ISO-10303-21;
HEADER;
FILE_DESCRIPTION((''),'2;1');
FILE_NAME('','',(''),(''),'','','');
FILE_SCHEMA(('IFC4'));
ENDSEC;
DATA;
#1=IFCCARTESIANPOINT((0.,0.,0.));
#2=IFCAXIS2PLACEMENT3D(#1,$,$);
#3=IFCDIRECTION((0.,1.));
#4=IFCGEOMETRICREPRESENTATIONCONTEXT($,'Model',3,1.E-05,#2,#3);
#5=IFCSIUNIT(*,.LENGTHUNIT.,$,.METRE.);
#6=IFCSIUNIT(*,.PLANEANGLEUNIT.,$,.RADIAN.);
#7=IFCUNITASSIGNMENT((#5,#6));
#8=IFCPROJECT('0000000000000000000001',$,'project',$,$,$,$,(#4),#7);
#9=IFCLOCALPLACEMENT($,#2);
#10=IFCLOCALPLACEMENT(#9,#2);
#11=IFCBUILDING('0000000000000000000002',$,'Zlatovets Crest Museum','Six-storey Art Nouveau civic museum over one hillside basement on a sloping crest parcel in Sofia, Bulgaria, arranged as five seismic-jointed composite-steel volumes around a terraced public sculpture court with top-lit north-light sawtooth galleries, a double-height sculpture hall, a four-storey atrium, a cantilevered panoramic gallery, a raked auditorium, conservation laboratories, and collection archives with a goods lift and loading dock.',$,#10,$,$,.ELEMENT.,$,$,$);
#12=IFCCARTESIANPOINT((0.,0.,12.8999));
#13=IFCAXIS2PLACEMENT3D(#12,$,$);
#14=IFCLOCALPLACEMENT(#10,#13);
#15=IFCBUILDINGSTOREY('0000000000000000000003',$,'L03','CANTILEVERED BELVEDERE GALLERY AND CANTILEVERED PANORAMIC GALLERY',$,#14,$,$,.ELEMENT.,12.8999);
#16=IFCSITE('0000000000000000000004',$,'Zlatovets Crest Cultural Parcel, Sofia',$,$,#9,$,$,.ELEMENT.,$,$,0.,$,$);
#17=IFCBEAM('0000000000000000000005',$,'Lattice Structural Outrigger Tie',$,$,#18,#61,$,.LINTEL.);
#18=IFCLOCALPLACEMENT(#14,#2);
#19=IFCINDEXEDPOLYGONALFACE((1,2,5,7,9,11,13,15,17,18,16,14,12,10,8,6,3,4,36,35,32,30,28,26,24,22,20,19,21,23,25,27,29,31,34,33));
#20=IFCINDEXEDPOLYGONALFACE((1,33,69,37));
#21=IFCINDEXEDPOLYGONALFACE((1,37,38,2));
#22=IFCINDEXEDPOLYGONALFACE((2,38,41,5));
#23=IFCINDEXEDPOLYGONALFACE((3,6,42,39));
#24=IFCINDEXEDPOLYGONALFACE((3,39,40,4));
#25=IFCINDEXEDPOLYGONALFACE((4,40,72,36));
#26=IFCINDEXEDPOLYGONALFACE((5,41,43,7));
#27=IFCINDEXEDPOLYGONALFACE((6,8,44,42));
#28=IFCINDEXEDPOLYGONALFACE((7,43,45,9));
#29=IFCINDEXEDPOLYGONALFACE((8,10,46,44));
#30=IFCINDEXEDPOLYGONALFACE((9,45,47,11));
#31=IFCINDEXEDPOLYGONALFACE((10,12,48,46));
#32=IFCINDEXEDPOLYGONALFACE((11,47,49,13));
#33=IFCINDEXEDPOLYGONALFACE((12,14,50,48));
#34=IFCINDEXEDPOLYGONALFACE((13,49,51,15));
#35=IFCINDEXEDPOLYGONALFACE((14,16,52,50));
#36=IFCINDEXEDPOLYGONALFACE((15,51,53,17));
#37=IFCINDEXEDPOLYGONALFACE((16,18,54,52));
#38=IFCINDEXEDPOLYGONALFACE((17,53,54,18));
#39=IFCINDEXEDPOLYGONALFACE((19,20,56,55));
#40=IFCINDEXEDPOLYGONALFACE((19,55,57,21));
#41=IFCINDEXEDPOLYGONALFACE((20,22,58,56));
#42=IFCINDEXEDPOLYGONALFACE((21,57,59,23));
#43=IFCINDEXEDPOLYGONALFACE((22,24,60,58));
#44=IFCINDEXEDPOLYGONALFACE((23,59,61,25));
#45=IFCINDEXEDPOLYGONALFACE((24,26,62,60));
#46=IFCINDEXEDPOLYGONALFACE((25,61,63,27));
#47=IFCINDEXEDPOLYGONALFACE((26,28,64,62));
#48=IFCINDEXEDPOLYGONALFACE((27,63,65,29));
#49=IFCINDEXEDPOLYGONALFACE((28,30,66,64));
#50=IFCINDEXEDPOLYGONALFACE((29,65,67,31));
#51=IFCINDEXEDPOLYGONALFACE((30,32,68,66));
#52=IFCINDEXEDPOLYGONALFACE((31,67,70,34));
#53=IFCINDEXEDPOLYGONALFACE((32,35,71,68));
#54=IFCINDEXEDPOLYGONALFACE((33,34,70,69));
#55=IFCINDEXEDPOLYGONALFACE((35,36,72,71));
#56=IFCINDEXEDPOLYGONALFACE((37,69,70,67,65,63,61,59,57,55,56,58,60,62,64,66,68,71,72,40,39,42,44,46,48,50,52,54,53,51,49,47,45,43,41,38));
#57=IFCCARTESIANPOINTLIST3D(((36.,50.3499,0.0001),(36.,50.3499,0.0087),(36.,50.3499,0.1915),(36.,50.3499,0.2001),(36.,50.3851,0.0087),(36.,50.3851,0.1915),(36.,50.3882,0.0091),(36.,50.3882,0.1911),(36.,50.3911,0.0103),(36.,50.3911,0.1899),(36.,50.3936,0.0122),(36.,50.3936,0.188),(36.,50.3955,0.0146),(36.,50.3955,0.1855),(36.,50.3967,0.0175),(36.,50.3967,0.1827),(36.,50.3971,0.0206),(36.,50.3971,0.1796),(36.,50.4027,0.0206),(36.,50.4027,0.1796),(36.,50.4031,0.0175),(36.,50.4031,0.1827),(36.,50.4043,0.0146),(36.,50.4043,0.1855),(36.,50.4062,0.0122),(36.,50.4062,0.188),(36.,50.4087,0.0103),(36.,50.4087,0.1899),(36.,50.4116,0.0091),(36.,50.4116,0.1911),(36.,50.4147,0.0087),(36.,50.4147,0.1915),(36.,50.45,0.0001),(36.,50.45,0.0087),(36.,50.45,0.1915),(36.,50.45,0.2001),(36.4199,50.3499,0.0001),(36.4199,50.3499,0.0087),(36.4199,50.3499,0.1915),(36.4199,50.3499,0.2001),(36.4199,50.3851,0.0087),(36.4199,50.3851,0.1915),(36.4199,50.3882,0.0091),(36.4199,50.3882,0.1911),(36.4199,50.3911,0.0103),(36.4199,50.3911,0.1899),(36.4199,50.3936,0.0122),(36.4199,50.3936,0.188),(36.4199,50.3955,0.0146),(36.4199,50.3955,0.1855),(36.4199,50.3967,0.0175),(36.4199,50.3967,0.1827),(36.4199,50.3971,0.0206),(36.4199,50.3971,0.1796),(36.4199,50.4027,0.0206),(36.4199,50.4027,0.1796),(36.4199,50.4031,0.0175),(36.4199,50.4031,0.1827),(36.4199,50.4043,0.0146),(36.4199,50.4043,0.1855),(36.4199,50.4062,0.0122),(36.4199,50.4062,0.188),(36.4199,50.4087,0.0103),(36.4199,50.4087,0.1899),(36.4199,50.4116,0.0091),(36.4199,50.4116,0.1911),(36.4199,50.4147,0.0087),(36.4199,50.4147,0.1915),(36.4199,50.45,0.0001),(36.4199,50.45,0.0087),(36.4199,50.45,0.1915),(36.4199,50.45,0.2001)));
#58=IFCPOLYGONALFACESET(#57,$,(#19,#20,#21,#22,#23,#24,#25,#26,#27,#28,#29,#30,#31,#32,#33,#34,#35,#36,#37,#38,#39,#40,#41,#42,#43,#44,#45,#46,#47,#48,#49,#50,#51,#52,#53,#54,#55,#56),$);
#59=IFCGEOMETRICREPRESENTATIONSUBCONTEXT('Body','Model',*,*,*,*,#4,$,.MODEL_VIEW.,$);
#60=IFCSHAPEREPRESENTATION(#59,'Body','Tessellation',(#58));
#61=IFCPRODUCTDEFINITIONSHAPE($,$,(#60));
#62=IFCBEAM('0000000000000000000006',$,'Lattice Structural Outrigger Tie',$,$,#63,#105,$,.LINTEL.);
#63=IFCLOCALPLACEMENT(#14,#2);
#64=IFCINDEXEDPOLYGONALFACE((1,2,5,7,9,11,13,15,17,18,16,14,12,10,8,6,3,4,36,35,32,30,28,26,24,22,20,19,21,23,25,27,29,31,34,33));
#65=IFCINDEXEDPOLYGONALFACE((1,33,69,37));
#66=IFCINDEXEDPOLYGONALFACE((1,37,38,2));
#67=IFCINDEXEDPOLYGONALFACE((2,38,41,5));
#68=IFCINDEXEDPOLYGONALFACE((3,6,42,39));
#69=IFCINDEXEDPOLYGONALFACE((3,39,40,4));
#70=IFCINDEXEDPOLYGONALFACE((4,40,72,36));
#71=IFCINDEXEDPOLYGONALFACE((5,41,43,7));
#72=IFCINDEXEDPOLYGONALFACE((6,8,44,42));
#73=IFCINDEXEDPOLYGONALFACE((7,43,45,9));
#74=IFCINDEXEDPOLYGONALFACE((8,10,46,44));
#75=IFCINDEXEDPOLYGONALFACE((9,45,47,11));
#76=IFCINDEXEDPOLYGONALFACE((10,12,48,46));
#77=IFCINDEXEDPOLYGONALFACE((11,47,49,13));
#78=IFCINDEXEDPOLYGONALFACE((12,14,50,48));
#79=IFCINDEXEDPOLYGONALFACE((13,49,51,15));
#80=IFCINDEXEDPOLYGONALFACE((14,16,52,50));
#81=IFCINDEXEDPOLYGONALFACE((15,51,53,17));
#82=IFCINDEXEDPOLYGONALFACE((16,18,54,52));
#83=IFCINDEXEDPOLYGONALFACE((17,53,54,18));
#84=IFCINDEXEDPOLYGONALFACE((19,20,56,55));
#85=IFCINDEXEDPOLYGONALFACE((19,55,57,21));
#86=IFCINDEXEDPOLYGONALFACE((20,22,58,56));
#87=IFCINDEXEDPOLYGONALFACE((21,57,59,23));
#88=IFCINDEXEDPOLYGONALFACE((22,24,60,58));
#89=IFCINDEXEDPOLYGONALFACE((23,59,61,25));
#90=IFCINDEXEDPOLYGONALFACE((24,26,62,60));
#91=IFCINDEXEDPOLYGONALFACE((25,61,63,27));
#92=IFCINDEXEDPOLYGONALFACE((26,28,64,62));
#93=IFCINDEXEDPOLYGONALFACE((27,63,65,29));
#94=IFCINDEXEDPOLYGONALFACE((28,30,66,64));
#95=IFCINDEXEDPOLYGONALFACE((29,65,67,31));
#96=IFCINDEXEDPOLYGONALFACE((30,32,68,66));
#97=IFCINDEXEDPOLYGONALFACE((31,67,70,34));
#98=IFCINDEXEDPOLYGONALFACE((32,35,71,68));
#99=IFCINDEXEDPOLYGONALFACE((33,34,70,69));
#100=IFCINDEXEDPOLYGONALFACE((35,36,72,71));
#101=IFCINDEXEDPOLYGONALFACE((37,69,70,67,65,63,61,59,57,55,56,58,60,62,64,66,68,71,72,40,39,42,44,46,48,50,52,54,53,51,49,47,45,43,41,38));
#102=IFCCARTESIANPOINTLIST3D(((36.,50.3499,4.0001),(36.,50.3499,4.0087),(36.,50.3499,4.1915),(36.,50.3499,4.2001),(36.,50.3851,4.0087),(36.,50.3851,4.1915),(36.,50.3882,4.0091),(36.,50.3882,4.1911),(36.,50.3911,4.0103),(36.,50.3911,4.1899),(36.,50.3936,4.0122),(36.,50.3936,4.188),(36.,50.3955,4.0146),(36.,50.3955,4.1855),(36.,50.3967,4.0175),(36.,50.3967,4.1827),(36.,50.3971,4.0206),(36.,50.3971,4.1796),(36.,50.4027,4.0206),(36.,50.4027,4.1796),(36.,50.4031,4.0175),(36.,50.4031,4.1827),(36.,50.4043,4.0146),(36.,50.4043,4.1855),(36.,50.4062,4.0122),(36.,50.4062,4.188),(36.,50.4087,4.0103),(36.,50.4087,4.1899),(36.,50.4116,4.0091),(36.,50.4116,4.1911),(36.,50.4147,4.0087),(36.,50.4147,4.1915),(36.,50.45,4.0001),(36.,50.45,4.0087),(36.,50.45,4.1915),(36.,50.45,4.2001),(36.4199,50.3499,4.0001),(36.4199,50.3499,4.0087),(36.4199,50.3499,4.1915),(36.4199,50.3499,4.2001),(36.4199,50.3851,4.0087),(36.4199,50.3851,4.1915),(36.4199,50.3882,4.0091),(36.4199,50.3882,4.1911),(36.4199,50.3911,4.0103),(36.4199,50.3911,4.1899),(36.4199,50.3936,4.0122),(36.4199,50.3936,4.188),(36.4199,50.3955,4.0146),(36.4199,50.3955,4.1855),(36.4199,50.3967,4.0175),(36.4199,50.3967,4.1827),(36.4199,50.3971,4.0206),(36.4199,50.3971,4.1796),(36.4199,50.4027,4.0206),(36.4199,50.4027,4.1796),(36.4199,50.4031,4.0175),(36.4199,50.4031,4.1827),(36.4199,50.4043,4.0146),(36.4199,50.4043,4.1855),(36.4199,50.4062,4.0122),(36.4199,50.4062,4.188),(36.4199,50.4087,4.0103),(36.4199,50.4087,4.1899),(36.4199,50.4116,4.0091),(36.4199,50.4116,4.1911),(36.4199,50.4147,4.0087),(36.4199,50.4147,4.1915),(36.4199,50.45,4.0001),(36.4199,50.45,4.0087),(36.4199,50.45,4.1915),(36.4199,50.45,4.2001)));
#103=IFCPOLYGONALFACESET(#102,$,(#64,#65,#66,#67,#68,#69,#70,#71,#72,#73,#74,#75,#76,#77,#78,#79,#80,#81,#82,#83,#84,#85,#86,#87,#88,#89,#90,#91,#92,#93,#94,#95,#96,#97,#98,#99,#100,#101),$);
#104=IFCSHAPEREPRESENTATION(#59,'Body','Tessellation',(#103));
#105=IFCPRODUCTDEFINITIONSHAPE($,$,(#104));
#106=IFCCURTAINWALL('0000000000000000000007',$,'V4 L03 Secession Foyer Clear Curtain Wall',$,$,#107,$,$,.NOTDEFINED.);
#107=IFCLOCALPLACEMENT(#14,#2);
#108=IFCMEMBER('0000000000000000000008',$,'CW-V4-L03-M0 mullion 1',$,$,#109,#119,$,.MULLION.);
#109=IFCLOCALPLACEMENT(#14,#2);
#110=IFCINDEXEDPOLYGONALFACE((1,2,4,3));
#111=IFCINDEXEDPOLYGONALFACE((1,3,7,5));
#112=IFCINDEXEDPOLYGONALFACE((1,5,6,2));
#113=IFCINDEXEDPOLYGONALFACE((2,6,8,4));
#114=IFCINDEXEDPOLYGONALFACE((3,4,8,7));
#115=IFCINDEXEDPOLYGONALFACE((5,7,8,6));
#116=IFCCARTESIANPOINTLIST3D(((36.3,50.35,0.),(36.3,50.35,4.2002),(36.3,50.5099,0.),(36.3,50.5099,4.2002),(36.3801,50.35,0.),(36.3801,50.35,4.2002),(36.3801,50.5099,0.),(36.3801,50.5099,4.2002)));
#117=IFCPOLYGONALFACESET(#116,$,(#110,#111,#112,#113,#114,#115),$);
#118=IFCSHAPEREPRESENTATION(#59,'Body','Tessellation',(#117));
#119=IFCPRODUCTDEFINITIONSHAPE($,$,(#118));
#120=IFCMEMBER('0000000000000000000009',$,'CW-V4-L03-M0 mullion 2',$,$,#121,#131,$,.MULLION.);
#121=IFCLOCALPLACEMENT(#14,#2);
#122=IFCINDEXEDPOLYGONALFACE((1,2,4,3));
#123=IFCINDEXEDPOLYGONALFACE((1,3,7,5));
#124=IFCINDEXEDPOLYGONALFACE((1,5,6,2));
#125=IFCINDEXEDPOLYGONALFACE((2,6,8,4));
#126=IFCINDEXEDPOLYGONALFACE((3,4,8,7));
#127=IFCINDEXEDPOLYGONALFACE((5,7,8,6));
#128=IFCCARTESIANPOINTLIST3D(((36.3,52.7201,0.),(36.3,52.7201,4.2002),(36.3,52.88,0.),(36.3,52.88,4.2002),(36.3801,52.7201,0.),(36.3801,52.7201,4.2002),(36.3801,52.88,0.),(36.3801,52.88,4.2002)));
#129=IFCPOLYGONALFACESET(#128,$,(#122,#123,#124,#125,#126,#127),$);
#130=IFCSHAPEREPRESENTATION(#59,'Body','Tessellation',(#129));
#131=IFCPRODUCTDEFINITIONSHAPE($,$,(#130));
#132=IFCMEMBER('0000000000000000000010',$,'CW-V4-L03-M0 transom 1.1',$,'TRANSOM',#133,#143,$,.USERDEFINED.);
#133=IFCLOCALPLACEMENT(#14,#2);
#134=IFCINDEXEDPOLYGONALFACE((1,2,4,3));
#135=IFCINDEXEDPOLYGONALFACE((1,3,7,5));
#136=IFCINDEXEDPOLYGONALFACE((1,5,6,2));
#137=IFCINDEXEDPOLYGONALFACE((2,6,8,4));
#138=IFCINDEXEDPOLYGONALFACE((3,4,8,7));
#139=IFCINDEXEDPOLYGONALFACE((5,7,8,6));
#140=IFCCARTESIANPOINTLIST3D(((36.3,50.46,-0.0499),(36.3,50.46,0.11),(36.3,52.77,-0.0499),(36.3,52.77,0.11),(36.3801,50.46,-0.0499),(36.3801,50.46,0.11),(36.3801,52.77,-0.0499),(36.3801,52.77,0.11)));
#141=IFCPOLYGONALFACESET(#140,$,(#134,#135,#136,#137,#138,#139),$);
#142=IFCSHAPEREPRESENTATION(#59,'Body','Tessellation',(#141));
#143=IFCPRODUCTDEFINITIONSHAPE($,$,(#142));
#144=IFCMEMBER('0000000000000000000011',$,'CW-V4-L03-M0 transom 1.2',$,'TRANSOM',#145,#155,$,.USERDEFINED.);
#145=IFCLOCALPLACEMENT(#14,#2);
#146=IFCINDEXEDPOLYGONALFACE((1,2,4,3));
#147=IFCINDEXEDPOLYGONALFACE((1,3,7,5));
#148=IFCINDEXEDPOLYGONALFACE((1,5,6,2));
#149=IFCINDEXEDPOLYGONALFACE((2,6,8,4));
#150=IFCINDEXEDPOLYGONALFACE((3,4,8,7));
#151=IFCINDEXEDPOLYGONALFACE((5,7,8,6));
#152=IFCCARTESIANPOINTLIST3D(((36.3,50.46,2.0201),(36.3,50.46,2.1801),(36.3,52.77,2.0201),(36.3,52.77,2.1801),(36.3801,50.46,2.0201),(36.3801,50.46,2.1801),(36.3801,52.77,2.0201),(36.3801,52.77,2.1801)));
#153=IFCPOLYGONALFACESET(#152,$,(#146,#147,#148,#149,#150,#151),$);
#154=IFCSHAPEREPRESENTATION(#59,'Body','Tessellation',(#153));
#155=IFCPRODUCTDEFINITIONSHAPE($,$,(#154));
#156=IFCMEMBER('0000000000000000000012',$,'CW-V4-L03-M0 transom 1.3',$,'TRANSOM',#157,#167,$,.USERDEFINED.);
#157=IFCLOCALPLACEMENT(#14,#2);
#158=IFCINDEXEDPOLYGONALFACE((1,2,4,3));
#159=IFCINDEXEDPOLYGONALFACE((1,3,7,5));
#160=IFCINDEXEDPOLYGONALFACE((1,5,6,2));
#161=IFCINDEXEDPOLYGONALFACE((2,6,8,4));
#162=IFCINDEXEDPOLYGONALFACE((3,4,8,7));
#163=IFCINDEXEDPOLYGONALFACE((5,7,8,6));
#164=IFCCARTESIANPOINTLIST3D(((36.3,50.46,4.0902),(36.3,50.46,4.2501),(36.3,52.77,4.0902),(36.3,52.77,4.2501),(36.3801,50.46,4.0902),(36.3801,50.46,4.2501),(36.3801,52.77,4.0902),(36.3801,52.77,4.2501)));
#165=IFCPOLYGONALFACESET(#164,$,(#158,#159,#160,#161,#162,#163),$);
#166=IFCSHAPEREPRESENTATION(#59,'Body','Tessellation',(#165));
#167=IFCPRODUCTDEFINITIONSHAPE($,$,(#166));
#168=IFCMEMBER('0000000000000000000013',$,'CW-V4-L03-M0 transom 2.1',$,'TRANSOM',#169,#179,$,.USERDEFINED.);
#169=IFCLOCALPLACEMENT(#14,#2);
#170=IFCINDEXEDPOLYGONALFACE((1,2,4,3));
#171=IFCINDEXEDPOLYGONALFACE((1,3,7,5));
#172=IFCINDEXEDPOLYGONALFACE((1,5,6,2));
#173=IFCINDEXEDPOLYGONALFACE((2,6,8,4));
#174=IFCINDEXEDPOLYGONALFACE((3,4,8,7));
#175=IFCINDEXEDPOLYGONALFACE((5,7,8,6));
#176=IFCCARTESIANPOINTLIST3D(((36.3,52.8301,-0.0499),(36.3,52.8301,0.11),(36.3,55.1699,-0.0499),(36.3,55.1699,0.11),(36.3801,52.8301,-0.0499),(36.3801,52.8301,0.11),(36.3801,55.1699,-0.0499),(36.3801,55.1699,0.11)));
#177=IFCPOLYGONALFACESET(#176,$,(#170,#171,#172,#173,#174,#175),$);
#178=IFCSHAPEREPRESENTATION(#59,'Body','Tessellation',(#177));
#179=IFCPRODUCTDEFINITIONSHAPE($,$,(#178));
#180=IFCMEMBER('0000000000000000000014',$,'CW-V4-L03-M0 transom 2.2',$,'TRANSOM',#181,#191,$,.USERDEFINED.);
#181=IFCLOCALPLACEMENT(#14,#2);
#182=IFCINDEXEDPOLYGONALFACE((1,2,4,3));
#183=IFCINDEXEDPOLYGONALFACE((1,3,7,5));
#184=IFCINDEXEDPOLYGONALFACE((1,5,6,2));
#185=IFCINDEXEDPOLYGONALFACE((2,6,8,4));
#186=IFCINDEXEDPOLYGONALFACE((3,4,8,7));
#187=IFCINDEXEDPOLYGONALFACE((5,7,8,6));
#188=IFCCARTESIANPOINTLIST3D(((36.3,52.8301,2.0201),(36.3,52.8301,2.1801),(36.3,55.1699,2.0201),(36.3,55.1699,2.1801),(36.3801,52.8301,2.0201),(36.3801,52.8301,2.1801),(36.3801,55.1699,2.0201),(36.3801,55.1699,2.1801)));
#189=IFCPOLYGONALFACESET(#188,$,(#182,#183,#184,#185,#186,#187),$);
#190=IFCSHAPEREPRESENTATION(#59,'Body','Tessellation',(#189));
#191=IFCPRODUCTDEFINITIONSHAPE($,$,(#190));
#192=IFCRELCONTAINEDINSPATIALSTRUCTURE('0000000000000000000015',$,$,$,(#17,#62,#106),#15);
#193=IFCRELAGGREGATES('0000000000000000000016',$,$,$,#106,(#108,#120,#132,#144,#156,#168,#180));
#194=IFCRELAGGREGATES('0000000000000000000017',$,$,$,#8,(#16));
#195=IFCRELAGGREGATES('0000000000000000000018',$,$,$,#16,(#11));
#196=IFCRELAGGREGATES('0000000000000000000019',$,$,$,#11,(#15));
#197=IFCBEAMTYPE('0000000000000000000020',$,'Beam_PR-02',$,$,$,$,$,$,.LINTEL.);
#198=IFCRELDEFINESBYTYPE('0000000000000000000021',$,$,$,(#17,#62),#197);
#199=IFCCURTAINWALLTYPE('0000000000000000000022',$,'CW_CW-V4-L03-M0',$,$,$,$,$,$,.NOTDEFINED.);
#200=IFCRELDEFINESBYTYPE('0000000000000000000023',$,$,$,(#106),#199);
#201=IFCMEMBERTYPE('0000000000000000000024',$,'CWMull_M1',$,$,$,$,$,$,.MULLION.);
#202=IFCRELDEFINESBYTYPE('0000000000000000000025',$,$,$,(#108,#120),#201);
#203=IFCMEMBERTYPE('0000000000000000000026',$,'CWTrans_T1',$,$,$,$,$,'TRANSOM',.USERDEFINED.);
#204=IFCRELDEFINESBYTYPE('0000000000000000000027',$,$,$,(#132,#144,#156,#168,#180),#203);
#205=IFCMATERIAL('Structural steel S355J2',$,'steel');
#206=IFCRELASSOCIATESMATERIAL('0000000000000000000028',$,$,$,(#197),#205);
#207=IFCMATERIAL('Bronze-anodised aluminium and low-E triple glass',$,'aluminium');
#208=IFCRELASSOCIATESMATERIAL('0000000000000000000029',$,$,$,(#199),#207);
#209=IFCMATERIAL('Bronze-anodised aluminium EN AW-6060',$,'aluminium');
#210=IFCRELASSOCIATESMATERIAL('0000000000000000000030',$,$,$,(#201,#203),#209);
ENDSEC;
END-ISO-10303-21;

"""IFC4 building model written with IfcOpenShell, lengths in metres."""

from ifc_helpers import new_model, si_unit, direction, frame, origin, origin_2d, place, context, subcontext, project, spatial, rectangle, i_section, extrude, material, material_profile, profile_set, type_object, element, aggregate, save


model = new_model("IFC4")

# Units and contexts
model_context = context("Model", 3, precision=1e-05, world=origin(), true_north=direction((0.0, 1.0)))
body_context = subcontext(model_context, "Body", "Model", "MODEL_VIEW")
ifc_project = project(units=[si_unit("LENGTHUNIT", "METRE"), si_unit("PLANEANGLEUNIT", "RADIAN")], contexts=[model_context])

# Site, building, storey
site_placement = place(None, origin())
site = spatial("IfcSite", under=ifc_project, at=site_placement, Name="Zlatovets Crest Cultural Parcel, Sofia", CompositionType="ELEMENT", RefElevation=0.0)
building_placement = place(site_placement, origin())
building = spatial("IfcBuilding", under=site, at=building_placement, Name="Zlatovets Crest Museum", Description="Six-storey Art Nouveau civic museum over one hillside basement on a sloping crest parcel in Sofia, Bulgaria, arranged as five seismic-jointed composite-steel volumes around a terraced public sculpture court with top-lit north-light sawtooth galleries, a double-height sculpture hall, a four-storey atrium, a cantilevered panoramic gallery, a raked auditorium, conservation laboratories, and collection archives with a goods lift and loading dock.", CompositionType="ELEMENT")
storey_placement = place(building_placement, frame((0.0, 0.0, 12.8999)))
storey = spatial("IfcBuildingStorey", under=building, at=storey_placement, Name="L03", Description="CANTILEVERED BELVEDERE GALLERY AND CANTILEVERED PANORAMIC GALLERY", CompositionType="ELEMENT", Elevation=12.8999)

# Shared definitions
ifc_material_1 = material(Name="Structural steel S355J2", Category="steel")

# Beams
ifc_material_profile_1 = material_profile(ifc_material_1, i_section(OverallWidth=0.1001, OverallDepth=0.2, WebThickness=0.0056, FlangeThickness=0.0085, FilletRadius=0.012, at=origin_2d()), Name="IPE 200")
ifc_profile_set_1 = profile_set([ifc_material_profile_1], Name="Structural steel S355J2")
beam_type_1 = type_object("IfcBeamType", Name="Beam_PR-02", PredefinedType="LINTEL", material=ifc_profile_set_1)
for number, where, z_axis, x_axis, name in (
    (1, (36.0, 50.3999, 0.1001), (1.0, 0.0, 0.0), (0.0, 1.0, 0.0), "Lattice Structural Outrigger Tie"),
    (2, (36.0, 50.3999, 4.1001), (1.0, 0.0, 0.0), (0.0, 1.0, 0.0), "Lattice Structural Outrigger Tie"),
):
    element("IfcBeam", number, at=place(storey_placement, frame(where, z_axis=z_axis, x_axis=x_axis)), inside=storey, type_object=beam_type_1, Name=name, PredefinedType="LINTEL", context=body_context, shape_type="SweptSolid", body=[
        extrude(i_section(OverallWidth=0.1001, OverallDepth=0.2, WebThickness=0.0056, FlangeThickness=0.0085, FilletRadius=0.012, at=origin_2d()), origin(), (0.0, 0.0, 1.0), 0.4199),
    ])

# Curtain wall, members
ifc_material_2 = material(Name="Bronze-anodised aluminium and low-E triple glass", Category="aluminium")
curtain_wall_type = type_object("IfcCurtainWallType", Name="CW_CW-V4-L03-M0", PredefinedType="NOTDEFINED", material=ifc_material_2)
curtain_wall_placement = place(storey_placement, origin())
curtain_wall = element("IfcCurtainWall", 3, at=curtain_wall_placement, inside=storey, type_object=curtain_wall_type, Name="V4 L03 Secession Foyer Clear Curtain Wall", PredefinedType="NOTDEFINED")
ifc_material_3 = material(Name="Bronze-anodised aluminium EN AW-6060", Category="aluminium")
ifc_material_profile_2 = material_profile(ifc_material_3, rectangle(XDim=0.0801, YDim=0.1599, at=origin_2d()), Name="ALU 80x160")
ifc_profile_set_2 = profile_set([ifc_material_profile_2], Name="Bronze-anodised aluminium EN AW-6060")
member_type_1 = type_object("IfcMemberType", Name="CWMull_M1", PredefinedType="MULLION", material=ifc_profile_set_2)
member_1_placement = place(storey_placement, frame((36.3401, 50.4299, 0.0), z_axis=(0.0, 0.0, 1.0), x_axis=(-1.0, 0.0, 0.0)))
member_1 = element("IfcMember", 4, at=member_1_placement, type_object=member_type_1, Name="CW-V4-L03-M0 mullion 1", PredefinedType="MULLION", context=body_context, shape_type="SweptSolid", body=[
    extrude(rectangle(XDim=0.0801, YDim=0.1599, at=origin_2d()), origin(), (0.0, 0.0, 1.0), 4.2002),
])
member_2_placement = place(storey_placement, frame((36.3401, 52.8, 0.0), z_axis=(0.0, 0.0, 1.0), x_axis=(-1.0, 0.0, 0.0)))
member_2 = element("IfcMember", 5, at=member_2_placement, type_object=member_type_1, Name="CW-V4-L03-M0 mullion 2", PredefinedType="MULLION", context=body_context, shape_type="SweptSolid", body=[
    extrude(rectangle(XDim=0.0801, YDim=0.1599, at=origin_2d()), origin(), (0.0, 0.0, 1.0), 4.2002),
])
ifc_material_profile_3 = material_profile(ifc_material_3, rectangle(XDim=0.0801, YDim=0.1599, at=origin_2d()), Name="ALU 80x160")
ifc_profile_set_3 = profile_set([ifc_material_profile_3], Name="Bronze-anodised aluminium EN AW-6060")
member_type_2 = type_object("IfcMemberType", Name="CWTrans_T1", ElementType="TRANSOM", PredefinedType="USERDEFINED", material=ifc_profile_set_3)
member_3_placement = place(storey_placement, frame((36.3401, 50.46, 0.03), z_axis=(0.0, 1.0, 0.0), x_axis=(-1.0, 0.0, 0.0)))
member_3 = element("IfcMember", 6, at=member_3_placement, type_object=member_type_2, Name="CW-V4-L03-M0 transom 1.1", ObjectType="TRANSOM", PredefinedType="USERDEFINED", context=body_context, shape_type="SweptSolid", body=[
    extrude(rectangle(XDim=0.0801, YDim=0.1599, at=origin_2d()), origin(), (0.0, 0.0, 1.0), 2.3101),
])
member_4_placement = place(storey_placement, frame((36.3401, 50.46, 2.1001), z_axis=(0.0, 1.0, 0.0), x_axis=(-1.0, 0.0, 0.0)))
member_4 = element("IfcMember", 7, at=member_4_placement, type_object=member_type_2, Name="CW-V4-L03-M0 transom 1.2", ObjectType="TRANSOM", PredefinedType="USERDEFINED", context=body_context, shape_type="SweptSolid", body=[
    extrude(rectangle(XDim=0.0801, YDim=0.1599, at=origin_2d()), origin(), (0.0, 0.0, 1.0), 2.3101),
])
member_5_placement = place(storey_placement, frame((36.3401, 50.46, 4.1702), z_axis=(0.0, 1.0, 0.0), x_axis=(-1.0, 0.0, 0.0)))
member_5 = element("IfcMember", 8, at=member_5_placement, type_object=member_type_2, Name="CW-V4-L03-M0 transom 1.3", ObjectType="TRANSOM", PredefinedType="USERDEFINED", context=body_context, shape_type="SweptSolid", body=[
    extrude(rectangle(XDim=0.0801, YDim=0.1599, at=origin_2d()), origin(), (0.0, 0.0, 1.0), 2.3101),
])
member_6_placement = place(storey_placement, frame((36.3401, 52.8301, 0.03), z_axis=(0.0, 1.0, 0.0), x_axis=(-1.0, 0.0, 0.0)))
member_6 = element("IfcMember", 9, at=member_6_placement, type_object=member_type_2, Name="CW-V4-L03-M0 transom 2.1", ObjectType="TRANSOM", PredefinedType="USERDEFINED", context=body_context, shape_type="SweptSolid", body=[
    extrude(rectangle(XDim=0.0801, YDim=0.1599, at=origin_2d()), origin(), (0.0, 0.0, 1.0), 2.3398),
])
member_7_placement = place(storey_placement, frame((36.3401, 52.8301, 2.1001), z_axis=(0.0, 1.0, 0.0), x_axis=(-1.0, 0.0, 0.0)))
member_7 = element("IfcMember", 10, at=member_7_placement, type_object=member_type_2, Name="CW-V4-L03-M0 transom 2.2", ObjectType="TRANSOM", PredefinedType="USERDEFINED", context=body_context, shape_type="SweptSolid", body=[
    extrude(rectangle(XDim=0.0801, YDim=0.1599, at=origin_2d()), origin(), (0.0, 0.0, 1.0), 2.3398),
])

aggregate(curtain_wall, [member_1, member_2, member_3, member_4, member_5, member_6, member_7])

save(model, "model.ifc")
